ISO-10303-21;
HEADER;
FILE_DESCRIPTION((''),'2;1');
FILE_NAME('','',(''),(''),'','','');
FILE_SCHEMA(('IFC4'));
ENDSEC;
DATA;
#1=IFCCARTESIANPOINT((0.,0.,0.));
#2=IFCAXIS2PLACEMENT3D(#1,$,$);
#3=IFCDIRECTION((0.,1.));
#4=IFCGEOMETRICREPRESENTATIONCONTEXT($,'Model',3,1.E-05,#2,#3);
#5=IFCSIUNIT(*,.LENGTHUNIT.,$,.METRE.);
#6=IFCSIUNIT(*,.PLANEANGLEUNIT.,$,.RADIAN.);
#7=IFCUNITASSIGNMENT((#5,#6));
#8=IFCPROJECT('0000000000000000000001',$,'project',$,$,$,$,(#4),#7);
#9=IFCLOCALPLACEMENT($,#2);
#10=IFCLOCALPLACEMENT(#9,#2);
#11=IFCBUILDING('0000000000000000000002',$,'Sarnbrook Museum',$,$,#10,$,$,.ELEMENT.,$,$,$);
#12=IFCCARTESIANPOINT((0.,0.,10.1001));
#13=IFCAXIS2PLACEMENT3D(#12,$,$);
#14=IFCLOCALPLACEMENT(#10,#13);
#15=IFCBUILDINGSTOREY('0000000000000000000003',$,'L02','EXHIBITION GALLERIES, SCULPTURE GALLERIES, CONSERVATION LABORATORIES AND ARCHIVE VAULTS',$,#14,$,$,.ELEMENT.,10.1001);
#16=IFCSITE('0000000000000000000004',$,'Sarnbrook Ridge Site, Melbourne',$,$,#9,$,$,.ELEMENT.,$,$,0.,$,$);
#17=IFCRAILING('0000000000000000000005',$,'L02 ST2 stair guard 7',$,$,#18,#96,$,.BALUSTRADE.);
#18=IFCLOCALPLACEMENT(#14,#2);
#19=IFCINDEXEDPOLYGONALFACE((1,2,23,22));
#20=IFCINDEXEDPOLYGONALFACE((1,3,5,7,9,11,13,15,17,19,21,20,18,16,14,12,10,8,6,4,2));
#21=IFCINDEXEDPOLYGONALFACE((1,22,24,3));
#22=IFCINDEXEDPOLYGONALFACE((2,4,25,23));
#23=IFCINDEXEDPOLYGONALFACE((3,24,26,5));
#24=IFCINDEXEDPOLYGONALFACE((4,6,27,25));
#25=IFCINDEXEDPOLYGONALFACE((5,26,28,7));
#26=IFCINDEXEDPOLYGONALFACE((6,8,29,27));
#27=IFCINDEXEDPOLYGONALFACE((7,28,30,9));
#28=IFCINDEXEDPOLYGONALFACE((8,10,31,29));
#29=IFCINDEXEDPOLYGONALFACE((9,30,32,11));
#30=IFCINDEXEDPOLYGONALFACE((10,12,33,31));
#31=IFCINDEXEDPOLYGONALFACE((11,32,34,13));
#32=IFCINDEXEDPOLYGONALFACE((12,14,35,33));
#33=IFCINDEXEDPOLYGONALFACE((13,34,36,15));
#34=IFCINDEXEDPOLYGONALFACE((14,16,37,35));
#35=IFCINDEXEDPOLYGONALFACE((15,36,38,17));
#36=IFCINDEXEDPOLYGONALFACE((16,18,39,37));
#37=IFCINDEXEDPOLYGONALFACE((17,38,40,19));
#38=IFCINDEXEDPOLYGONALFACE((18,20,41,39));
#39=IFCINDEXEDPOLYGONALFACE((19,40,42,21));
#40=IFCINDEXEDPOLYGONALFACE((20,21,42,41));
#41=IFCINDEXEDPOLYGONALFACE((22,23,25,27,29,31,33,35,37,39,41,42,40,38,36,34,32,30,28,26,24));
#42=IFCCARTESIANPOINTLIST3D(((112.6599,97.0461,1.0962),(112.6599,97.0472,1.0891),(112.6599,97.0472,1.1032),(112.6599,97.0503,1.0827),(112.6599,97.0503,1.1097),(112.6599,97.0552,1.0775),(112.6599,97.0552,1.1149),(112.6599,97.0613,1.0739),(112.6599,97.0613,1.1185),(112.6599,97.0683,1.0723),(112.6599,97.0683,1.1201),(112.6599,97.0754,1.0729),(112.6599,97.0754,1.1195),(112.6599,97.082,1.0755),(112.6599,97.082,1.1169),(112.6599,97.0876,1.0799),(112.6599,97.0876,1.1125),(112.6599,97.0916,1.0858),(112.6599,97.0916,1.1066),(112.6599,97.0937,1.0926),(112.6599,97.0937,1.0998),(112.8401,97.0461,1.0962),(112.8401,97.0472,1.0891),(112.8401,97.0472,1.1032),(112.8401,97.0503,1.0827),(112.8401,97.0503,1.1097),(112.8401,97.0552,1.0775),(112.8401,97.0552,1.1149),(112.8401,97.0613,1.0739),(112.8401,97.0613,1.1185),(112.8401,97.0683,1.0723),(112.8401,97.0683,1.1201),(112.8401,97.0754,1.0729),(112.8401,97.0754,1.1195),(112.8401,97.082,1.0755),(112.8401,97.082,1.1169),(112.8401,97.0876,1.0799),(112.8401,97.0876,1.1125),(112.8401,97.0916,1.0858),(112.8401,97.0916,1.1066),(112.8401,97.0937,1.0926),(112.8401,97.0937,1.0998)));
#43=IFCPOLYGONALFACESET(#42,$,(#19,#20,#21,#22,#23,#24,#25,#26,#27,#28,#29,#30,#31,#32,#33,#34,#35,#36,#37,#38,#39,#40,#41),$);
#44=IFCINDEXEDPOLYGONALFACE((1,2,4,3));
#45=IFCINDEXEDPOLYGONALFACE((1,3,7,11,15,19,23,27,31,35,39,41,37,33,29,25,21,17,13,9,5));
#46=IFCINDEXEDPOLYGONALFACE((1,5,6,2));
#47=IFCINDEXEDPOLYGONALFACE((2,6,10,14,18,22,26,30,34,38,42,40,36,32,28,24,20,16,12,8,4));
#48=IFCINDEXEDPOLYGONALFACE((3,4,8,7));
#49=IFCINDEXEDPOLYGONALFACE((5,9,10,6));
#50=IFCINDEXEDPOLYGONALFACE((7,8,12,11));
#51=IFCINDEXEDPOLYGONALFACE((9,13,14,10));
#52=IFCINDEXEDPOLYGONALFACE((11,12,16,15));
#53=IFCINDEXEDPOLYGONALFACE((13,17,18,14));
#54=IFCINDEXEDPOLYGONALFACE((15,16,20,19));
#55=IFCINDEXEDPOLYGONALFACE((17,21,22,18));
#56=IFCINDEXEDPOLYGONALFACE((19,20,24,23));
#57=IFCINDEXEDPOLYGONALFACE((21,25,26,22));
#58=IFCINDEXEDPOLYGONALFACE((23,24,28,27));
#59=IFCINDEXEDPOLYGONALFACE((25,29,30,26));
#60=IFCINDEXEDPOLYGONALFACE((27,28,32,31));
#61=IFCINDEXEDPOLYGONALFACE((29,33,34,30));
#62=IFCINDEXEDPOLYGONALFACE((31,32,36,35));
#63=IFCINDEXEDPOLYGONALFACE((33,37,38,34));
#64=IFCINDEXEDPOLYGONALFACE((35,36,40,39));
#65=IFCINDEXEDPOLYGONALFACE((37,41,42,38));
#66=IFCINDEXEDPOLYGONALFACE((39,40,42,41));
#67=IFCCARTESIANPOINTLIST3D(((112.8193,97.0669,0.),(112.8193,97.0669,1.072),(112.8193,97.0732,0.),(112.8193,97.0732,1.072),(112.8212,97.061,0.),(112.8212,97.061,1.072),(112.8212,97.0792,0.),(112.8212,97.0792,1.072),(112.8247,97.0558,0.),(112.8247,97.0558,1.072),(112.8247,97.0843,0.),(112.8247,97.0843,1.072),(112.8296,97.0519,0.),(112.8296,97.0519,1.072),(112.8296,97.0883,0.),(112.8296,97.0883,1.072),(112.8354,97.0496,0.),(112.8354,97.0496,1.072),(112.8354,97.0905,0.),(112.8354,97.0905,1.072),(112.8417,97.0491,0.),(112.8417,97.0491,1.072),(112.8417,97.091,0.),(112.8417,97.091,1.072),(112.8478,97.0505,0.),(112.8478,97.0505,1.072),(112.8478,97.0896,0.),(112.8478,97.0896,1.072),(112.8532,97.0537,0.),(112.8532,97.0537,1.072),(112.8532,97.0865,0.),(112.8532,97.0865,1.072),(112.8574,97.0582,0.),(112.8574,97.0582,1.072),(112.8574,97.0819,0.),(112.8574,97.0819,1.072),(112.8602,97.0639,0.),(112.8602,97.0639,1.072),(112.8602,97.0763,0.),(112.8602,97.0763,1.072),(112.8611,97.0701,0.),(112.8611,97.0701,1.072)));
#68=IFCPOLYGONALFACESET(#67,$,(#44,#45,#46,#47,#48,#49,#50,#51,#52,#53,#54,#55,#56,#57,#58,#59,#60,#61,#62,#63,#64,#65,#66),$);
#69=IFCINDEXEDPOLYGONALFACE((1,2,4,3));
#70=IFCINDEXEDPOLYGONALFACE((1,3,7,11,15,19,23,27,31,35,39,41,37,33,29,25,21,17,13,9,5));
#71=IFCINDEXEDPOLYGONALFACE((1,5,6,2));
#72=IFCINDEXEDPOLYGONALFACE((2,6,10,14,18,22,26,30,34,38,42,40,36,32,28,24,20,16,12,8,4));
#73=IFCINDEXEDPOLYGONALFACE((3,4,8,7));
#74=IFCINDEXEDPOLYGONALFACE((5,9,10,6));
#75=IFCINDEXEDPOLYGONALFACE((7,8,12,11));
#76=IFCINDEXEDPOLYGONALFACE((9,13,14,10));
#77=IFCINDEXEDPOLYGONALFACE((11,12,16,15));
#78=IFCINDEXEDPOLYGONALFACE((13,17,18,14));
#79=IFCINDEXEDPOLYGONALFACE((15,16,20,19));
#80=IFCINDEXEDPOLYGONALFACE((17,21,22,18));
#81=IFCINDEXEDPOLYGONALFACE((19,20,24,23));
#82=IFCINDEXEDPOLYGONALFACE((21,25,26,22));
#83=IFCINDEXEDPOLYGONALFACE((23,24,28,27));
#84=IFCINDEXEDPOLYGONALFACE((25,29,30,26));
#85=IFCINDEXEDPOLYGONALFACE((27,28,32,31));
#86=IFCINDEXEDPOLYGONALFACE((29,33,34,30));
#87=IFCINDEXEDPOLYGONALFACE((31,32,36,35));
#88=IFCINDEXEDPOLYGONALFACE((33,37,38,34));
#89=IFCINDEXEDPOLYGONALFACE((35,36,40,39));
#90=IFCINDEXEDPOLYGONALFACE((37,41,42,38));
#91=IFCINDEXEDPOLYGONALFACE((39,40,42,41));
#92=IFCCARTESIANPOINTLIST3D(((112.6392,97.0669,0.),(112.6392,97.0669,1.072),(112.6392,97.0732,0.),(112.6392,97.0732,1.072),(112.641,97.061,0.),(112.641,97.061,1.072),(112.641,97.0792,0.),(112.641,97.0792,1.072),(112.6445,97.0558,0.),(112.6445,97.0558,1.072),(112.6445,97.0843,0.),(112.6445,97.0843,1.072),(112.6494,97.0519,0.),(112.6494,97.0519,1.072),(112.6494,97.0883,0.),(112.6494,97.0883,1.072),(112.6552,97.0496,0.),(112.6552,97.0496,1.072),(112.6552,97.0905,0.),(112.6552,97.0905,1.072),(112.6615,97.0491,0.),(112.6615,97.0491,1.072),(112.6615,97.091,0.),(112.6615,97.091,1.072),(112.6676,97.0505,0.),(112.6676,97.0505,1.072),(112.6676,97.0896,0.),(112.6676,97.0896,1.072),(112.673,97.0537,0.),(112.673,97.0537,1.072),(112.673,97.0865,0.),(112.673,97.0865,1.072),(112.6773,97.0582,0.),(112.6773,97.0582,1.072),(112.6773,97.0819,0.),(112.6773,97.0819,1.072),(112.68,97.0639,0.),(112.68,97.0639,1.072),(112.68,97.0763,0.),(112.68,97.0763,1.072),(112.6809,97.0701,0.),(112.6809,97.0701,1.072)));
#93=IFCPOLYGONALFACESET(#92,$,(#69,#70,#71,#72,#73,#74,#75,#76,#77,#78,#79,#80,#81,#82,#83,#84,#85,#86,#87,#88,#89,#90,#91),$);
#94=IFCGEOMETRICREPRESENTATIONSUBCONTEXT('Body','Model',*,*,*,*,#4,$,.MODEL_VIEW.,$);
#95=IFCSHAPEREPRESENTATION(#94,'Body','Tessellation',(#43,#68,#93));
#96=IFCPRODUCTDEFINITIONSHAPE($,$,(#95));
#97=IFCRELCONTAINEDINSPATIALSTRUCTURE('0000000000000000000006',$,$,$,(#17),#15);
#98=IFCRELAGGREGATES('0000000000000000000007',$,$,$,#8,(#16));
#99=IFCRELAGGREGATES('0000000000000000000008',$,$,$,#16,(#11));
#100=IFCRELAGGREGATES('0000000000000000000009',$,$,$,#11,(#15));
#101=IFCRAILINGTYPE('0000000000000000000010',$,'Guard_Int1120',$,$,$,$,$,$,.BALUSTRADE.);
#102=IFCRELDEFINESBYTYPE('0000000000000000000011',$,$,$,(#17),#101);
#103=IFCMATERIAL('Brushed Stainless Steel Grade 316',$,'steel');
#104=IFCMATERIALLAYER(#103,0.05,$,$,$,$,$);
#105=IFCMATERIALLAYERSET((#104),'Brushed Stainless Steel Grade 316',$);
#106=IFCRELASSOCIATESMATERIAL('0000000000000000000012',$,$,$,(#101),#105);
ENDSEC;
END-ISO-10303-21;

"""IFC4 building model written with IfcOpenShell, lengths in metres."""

from ifc_helpers import new_model, si_unit, direction, frame, origin, origin_2d, place, context, subcontext, project, spatial, circle, extrude, material, layer, layer_set, type_object, element, save


model = new_model("IFC4")

# Units and contexts
model_context = context("Model", 3, precision=1e-05, world=origin(), true_north=direction((0.0, 1.0)))
body_context = subcontext(model_context, "Body", "Model", "MODEL_VIEW")
ifc_project = project(units=[si_unit("LENGTHUNIT", "METRE"), si_unit("PLANEANGLEUNIT", "RADIAN")], contexts=[model_context])

# Site, building, storey
site_placement = place(None, origin())
site = spatial("IfcSite", under=ifc_project, at=site_placement, Name="Sarnbrook Ridge Site, Melbourne", CompositionType="ELEMENT", RefElevation=0.0)
building_placement = place(site_placement, origin())
building = spatial("IfcBuilding", under=site, at=building_placement, Name="Sarnbrook Museum", CompositionType="ELEMENT")
storey_placement = place(building_placement, frame((0.0, 0.0, 10.1001)))
storey = spatial("IfcBuildingStorey", under=building, at=storey_placement, Name="L02", Description="EXHIBITION GALLERIES, SCULPTURE GALLERIES, CONSERVATION LABORATORIES AND ARCHIVE VAULTS", CompositionType="ELEMENT", Elevation=10.1001)

# Shared definitions
ifc_material_1 = material(Name="Brushed Stainless Steel Grade 316", Category="steel")

# Railing
ifc_layer_1 = layer(ifc_material_1, 0.05)
ifc_layer_set_1 = layer_set([ifc_layer_1], Name="Brushed Stainless Steel Grade 316")
railing_type_1 = type_object("IfcRailingType", Name="Guard_Int1120", PredefinedType="BALUSTRADE", material=ifc_layer_set_1)
railing_1_placement = place(storey_placement, frame((112.8401, 97.0701, 0.0)))
element("IfcRailing", 1, at=railing_1_placement, inside=storey, type_object=railing_type_1, Name="L02 ST2 stair guard 7", PredefinedType="BALUSTRADE", context=body_context, shape_type="SweptSolid", body=[
    extrude(circle(Radius=0.0239, at=origin_2d()), frame((0.0, 0.0, 1.0962), z_axis=(-1.0, 0.0, 0.0), x_axis=(0.0, -1.0, 0.0)), (0.0, 0.0, 1.0), 0.1802),
    extrude(circle(Radius=0.021, at=origin_2d()), origin(), (0.0, 0.0, 1.0), 1.072),
    extrude(circle(Radius=0.021, at=origin_2d()), frame((-0.1802, 0.0, 0.0)), (0.0, 0.0, 1.0), 1.072),
])

save(model, "model.ifc")
